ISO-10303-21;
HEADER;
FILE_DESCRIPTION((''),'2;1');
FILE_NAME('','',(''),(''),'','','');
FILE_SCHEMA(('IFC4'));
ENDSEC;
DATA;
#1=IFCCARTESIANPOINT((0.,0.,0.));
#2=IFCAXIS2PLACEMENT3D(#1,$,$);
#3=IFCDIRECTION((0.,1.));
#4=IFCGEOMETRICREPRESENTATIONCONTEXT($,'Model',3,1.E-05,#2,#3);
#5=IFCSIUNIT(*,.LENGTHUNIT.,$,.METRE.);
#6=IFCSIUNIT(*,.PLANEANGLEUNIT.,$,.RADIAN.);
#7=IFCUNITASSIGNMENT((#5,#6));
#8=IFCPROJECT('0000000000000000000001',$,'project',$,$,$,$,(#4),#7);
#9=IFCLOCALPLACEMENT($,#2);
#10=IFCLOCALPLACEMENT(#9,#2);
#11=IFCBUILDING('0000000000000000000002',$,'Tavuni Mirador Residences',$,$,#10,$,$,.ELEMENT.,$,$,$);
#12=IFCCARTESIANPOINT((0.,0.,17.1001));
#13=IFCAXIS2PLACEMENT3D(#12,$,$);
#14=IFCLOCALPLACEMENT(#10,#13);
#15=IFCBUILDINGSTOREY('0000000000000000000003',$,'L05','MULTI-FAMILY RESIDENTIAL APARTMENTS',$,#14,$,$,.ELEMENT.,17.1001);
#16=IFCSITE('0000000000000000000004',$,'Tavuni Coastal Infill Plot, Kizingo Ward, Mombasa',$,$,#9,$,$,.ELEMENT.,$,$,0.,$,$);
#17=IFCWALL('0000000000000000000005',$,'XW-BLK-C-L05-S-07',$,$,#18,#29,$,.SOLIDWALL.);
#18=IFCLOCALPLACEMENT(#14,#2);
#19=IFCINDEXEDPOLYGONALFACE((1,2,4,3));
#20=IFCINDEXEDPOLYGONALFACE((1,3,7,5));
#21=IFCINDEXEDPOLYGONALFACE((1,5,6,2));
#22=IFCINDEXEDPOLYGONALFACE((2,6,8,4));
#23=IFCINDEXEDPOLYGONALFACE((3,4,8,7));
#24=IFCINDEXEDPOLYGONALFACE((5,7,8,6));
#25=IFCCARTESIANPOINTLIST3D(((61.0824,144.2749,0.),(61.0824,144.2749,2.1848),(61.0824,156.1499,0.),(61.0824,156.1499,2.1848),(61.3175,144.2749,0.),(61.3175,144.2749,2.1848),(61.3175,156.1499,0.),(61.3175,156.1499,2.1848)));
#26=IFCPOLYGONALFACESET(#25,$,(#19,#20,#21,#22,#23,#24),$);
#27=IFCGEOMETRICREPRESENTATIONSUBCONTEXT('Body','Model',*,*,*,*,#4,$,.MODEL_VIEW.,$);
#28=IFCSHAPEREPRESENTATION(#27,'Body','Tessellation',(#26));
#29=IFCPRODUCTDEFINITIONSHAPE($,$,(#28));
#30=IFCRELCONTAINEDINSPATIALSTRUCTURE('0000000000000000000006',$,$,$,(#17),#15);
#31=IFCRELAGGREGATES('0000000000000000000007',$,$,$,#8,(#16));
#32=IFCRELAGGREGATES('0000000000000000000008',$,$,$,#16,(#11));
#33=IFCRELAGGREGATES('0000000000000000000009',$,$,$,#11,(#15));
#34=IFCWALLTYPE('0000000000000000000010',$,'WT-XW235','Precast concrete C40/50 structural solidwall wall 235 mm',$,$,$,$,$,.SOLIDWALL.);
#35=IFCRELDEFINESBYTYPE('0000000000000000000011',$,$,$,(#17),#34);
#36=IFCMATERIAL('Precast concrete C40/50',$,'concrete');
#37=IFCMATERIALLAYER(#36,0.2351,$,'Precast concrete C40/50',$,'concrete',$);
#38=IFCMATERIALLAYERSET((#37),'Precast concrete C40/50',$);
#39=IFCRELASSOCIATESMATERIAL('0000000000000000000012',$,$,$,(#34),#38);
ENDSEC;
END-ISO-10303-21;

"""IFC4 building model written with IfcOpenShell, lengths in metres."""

from ifc_helpers import new_model, si_unit, direction, frame, frame_2d, origin, place, context, subcontext, project, spatial, rectangle, extrude, material, layer, layer_set, type_object, element, save


model = new_model("IFC4")

# Units and contexts
model_context = context("Model", 3, precision=1e-05, world=origin(), true_north=direction((0.0, 1.0)))
body_context = subcontext(model_context, "Body", "Model", "MODEL_VIEW")
ifc_project = project(units=[si_unit("LENGTHUNIT", "METRE"), si_unit("PLANEANGLEUNIT", "RADIAN")], contexts=[model_context])

# Site, building, storey
site_placement = place(None, origin())
site = spatial("IfcSite", under=ifc_project, at=site_placement, Name="Tavuni Coastal Infill Plot, Kizingo Ward, Mombasa", CompositionType="ELEMENT", RefElevation=0.0)
building_placement = place(site_placement, origin())
building = spatial("IfcBuilding", under=site, at=building_placement, Name="Tavuni Mirador Residences", CompositionType="ELEMENT")
storey_placement = place(building_placement, frame((0.0, 0.0, 17.1001)))
storey = spatial("IfcBuildingStorey", under=building, at=storey_placement, Name="L05", Description="MULTI-FAMILY RESIDENTIAL APARTMENTS", CompositionType="ELEMENT", Elevation=17.1001)

# Shared definitions
ifc_material_1 = material(Name="Precast concrete C40/50", Category="concrete")

# Wall
ifc_layer_1 = layer(ifc_material_1, 0.2351, Name="Precast concrete C40/50", Category="concrete")
ifc_layer_set_1 = layer_set([ifc_layer_1], Name="Precast concrete C40/50")
wall_type_1 = type_object("IfcWallType", Name="WT-XW235", Description="Precast concrete C40/50 structural solidwall wall 235 mm", PredefinedType="SOLIDWALL", material=ifc_layer_set_1)
for number, where, z_axis, x_axis, name in (
    (1, (61.2, 144.2749, 0.0), (0.0, 0.0, 1.0), (0.0, 1.0, 0.0), "XW-BLK-C-L05-S-07"),
):
    element("IfcWall", number, at=place(storey_placement, frame(where, z_axis=z_axis, x_axis=x_axis)), inside=storey, type_object=wall_type_1, Name=name, PredefinedType="SOLIDWALL", context=body_context, shape_type="SweptSolid", body=[
        extrude(rectangle(XDim=11.875, YDim=0.2351, at=frame_2d((5.9375, 0.0))), origin(), (0.0, 0.0, 1.0), 2.1848),
    ])

save(model, "model.ifc")
